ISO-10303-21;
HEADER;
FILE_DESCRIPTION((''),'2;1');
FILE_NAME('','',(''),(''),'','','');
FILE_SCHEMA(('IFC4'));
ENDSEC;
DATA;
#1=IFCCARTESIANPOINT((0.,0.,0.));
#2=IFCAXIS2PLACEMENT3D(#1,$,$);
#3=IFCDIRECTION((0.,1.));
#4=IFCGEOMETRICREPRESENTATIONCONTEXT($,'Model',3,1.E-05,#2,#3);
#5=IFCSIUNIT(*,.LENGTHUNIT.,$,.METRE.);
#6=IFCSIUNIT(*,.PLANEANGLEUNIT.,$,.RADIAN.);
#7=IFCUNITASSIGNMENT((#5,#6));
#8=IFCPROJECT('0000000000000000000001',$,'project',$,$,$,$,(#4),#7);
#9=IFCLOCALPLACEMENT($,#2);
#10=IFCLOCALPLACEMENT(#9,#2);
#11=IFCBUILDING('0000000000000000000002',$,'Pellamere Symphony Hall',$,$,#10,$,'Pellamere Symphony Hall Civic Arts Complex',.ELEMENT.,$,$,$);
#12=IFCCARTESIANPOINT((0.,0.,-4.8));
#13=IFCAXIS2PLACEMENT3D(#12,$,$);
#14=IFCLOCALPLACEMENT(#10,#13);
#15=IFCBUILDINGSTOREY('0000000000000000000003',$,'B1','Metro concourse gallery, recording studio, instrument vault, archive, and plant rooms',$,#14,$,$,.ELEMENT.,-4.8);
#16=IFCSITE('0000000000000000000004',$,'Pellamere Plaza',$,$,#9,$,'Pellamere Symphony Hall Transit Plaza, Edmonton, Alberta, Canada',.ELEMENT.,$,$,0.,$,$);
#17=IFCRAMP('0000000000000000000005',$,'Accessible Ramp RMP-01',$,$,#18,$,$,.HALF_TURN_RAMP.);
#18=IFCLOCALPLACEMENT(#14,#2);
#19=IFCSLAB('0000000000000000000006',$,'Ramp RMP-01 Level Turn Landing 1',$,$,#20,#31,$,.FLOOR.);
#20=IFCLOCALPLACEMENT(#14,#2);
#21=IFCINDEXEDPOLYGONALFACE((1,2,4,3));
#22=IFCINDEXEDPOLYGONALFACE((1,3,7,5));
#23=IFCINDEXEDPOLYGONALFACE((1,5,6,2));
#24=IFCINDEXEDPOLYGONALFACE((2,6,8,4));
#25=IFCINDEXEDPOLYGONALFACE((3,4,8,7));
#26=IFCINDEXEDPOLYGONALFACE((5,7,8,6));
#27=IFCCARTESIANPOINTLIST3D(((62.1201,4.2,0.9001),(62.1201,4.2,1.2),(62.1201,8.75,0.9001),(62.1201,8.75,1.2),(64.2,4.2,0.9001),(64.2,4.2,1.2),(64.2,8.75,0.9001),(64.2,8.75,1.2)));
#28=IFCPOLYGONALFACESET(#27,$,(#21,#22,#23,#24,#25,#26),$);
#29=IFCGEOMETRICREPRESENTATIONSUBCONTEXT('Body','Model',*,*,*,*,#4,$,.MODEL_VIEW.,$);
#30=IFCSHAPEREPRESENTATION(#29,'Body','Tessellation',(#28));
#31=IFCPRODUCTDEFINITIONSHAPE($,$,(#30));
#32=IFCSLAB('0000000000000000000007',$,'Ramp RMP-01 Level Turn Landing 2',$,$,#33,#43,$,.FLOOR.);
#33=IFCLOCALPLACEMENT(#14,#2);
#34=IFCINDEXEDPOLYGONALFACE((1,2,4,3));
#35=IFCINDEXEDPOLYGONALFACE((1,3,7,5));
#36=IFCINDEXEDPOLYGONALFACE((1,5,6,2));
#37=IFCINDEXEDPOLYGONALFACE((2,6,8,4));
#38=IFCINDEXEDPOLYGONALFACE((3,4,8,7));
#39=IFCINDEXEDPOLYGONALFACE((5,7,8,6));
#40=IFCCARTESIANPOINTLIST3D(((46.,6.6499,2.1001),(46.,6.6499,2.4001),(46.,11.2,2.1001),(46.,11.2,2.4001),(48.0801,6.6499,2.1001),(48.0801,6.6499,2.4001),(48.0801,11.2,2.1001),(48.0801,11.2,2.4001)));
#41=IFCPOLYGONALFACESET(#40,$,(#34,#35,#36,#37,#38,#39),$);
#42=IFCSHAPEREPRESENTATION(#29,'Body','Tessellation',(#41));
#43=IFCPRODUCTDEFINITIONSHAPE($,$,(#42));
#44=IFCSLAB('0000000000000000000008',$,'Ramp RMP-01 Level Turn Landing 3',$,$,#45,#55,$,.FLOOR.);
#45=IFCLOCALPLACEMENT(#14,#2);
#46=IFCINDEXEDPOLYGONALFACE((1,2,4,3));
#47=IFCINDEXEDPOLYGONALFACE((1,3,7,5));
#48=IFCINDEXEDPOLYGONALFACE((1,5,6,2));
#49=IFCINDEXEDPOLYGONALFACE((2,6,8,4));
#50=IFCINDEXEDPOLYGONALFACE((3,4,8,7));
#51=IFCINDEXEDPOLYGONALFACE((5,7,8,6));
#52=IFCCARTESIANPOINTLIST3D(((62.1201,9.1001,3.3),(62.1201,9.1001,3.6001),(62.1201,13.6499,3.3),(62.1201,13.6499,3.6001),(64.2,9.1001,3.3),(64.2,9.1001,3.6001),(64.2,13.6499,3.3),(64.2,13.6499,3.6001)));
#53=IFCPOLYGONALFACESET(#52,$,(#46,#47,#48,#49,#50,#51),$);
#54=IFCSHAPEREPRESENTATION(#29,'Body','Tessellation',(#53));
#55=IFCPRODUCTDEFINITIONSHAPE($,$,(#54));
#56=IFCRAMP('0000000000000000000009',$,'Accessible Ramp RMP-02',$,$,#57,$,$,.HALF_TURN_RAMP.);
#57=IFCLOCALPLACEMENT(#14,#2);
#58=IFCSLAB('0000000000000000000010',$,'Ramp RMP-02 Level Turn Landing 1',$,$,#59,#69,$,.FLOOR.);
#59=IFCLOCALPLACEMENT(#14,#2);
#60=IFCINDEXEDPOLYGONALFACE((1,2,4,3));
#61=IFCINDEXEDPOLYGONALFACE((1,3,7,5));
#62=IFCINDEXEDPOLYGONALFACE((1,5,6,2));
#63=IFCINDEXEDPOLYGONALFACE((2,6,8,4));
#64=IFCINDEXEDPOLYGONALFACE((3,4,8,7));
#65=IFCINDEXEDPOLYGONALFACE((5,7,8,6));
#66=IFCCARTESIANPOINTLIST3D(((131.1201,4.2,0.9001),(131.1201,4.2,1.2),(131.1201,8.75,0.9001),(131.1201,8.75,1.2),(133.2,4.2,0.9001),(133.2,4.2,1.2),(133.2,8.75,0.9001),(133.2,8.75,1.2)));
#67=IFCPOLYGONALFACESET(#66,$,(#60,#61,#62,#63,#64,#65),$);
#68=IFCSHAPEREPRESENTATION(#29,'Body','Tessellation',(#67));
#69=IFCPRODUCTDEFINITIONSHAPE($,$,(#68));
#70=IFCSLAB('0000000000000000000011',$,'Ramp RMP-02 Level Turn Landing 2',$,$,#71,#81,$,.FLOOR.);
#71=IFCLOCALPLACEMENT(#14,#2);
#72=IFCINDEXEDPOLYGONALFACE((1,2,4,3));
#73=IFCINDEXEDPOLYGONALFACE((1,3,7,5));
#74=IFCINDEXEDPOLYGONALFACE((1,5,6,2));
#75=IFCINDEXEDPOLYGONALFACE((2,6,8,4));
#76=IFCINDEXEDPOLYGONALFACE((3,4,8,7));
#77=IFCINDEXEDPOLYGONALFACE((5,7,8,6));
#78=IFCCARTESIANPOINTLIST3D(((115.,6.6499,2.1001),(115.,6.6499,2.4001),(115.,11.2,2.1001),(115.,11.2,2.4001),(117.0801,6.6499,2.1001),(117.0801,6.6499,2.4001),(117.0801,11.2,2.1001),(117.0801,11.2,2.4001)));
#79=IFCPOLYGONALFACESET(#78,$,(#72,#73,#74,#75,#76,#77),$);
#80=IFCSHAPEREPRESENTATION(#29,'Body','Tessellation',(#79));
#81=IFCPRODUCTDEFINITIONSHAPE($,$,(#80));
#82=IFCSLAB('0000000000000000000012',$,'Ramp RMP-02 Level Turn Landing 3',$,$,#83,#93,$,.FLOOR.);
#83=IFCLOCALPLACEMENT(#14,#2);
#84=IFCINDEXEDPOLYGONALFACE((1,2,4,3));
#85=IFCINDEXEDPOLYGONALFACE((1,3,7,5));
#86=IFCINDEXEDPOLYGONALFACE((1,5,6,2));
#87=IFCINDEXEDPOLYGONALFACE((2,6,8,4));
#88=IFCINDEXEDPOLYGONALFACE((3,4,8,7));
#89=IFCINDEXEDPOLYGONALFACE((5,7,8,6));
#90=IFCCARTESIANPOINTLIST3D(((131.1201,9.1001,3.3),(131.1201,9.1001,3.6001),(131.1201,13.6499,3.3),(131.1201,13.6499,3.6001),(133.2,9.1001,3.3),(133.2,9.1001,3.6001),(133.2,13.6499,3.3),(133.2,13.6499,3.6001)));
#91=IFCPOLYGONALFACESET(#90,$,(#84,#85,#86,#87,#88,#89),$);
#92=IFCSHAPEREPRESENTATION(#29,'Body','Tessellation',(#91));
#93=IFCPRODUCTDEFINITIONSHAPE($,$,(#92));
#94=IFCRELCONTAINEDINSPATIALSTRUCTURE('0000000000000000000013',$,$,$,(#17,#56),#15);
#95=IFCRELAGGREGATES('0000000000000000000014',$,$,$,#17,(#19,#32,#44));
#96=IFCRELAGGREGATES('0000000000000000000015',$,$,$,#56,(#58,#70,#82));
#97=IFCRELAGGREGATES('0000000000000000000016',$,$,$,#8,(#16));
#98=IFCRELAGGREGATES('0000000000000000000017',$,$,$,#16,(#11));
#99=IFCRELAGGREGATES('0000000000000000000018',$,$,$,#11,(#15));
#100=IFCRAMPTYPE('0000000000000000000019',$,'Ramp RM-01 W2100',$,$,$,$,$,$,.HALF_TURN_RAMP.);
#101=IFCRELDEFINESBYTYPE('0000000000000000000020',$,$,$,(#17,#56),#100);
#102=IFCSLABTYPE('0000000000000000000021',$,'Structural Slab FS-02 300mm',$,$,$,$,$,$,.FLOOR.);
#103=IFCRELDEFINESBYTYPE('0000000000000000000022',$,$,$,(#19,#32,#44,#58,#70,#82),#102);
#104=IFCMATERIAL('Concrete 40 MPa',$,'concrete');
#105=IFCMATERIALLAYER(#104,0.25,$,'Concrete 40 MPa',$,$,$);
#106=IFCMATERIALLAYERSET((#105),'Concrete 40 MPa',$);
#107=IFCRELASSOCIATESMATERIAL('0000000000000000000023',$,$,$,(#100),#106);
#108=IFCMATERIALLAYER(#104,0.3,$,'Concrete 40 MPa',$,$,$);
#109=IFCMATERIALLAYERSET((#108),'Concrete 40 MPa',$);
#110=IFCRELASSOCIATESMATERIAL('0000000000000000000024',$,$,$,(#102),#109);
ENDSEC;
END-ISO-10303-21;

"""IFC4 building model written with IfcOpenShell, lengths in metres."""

from ifc_helpers import new_model, si_unit, direction, frame, origin, place, context, subcontext, project, spatial, polyline, outline, extrude, material, layer, layer_set, type_object, element, aggregate, save


model = new_model("IFC4")

# Units and contexts
model_context = context("Model", 3, precision=1e-05, world=origin(), true_north=direction((0.0, 1.0)))
body_context = subcontext(model_context, "Body", "Model", "MODEL_VIEW")
ifc_project = project(units=[si_unit("LENGTHUNIT", "METRE"), si_unit("PLANEANGLEUNIT", "RADIAN")], contexts=[model_context])

# Site, building, storey
site_placement = place(None, origin())
site = spatial("IfcSite", under=ifc_project, at=site_placement, Name="Pellamere Plaza", LongName="Pellamere Symphony Hall Transit Plaza, Edmonton, Alberta, Canada", CompositionType="ELEMENT", RefElevation=0.0)
building_placement = place(site_placement, origin())
building = spatial("IfcBuilding", under=site, at=building_placement, Name="Pellamere Symphony Hall", LongName="Pellamere Symphony Hall Civic Arts Complex", CompositionType="ELEMENT")
storey_placement = place(building_placement, frame((0.0, 0.0, -4.8)))
storey = spatial("IfcBuildingStorey", under=building, at=storey_placement, Name="B1", Description="Metro concourse gallery, recording studio, instrument vault, archive, and plant rooms", CompositionType="ELEMENT", Elevation=-4.8)

# Shared definitions
ifc_material_1 = material(Name="Concrete 40 MPa", Category="concrete")

# Ramps, slabs
ifc_layer_1 = layer(ifc_material_1, 0.25, Name="Concrete 40 MPa")
ifc_layer_set_1 = layer_set([ifc_layer_1], Name="Concrete 40 MPa")
ramp_type = type_object("IfcRampType", Name="Ramp RM-01 W2100", PredefinedType="HALF_TURN_RAMP", material=ifc_layer_set_1)
ramp_1_placement = place(storey_placement, origin())
ramp_1 = element("IfcRamp", 1, at=ramp_1_placement, inside=storey, type_object=ramp_type, Name="Accessible Ramp RMP-01", PredefinedType="HALF_TURN_RAMP")
ifc_layer_2 = layer(ifc_material_1, 0.3, Name="Concrete 40 MPa")
ifc_layer_set_2 = layer_set([ifc_layer_2], Name="Concrete 40 MPa")
slab_type_1 = type_object("IfcSlabType", Name="Structural Slab FS-02 300mm", PredefinedType="FLOOR", material=ifc_layer_set_2)
slab_1_placement = place(storey_placement, frame((0.0, 0.0, 0.9001)))
slab_1 = element("IfcSlab", 2, at=slab_1_placement, type_object=slab_type_1, Name="Ramp RMP-01 Level Turn Landing 1", PredefinedType="FLOOR", context=body_context, shape_type="SweptSolid", body=[
    extrude(outline(polyline([(62.1201, 4.2), (64.2, 4.2), (64.2, 8.75), (62.1201, 8.75), (62.1201, 4.2)])), origin(), (0.0, 0.0, 1.0), 0.2998),
])
slab_2_placement = place(storey_placement, frame((0.0, 0.0, 2.1001)))
slab_2 = element("IfcSlab", 3, at=slab_2_placement, type_object=slab_type_1, Name="Ramp RMP-01 Level Turn Landing 2", PredefinedType="FLOOR", context=body_context, shape_type="SweptSolid", body=[
    extrude(outline(polyline([(46.0, 6.6499), (48.0801, 6.6499), (48.0801, 11.2), (46.0, 11.2), (46.0, 6.6499)])), origin(), (0.0, 0.0, 1.0), 0.3),
])
slab_3_placement = place(storey_placement, frame((0.0, 0.0, 3.3)))
slab_3 = element("IfcSlab", 4, at=slab_3_placement, type_object=slab_type_1, Name="Ramp RMP-01 Level Turn Landing 3", PredefinedType="FLOOR", context=body_context, shape_type="SweptSolid", body=[
    extrude(outline(polyline([(62.1201, 9.1001), (64.2, 9.1001), (64.2, 13.6499), (62.1201, 13.6499), (62.1201, 9.1001)])), origin(), (0.0, 0.0, 1.0), 0.3),
])
aggregate(ramp_1, [slab_1, slab_2, slab_3])
ramp_2_placement = place(storey_placement, origin())
ramp_2 = element("IfcRamp", 5, at=ramp_2_placement, inside=storey, type_object=ramp_type, Name="Accessible Ramp RMP-02", PredefinedType="HALF_TURN_RAMP")
slab_4_placement = place(storey_placement, frame((0.0, 0.0, 0.9001)))
slab_4 = element("IfcSlab", 6, at=slab_4_placement, type_object=slab_type_1, Name="Ramp RMP-02 Level Turn Landing 1", PredefinedType="FLOOR", context=body_context, shape_type="SweptSolid", body=[
    extrude(outline(polyline([(131.1201, 4.2), (133.2, 4.2), (133.2, 8.75), (131.1201, 8.75), (131.1201, 4.2)])), origin(), (0.0, 0.0, 1.0), 0.2998),
])
slab_5_placement = place(storey_placement, frame((0.0, 0.0, 2.1001)))
slab_5 = element("IfcSlab", 7, at=slab_5_placement, type_object=slab_type_1, Name="Ramp RMP-02 Level Turn Landing 2", PredefinedType="FLOOR", context=body_context, shape_type="SweptSolid", body=[
    extrude(outline(polyline([(115.0, 6.6499), (117.0801, 6.6499), (117.0801, 11.2), (115.0, 11.2), (115.0, 6.6499)])), origin(), (0.0, 0.0, 1.0), 0.3),
])
slab_6_placement = place(storey_placement, frame((0.0, 0.0, 3.3)))
slab_6 = element("IfcSlab", 8, at=slab_6_placement, type_object=slab_type_1, Name="Ramp RMP-02 Level Turn Landing 3", PredefinedType="FLOOR", context=body_context, shape_type="SweptSolid", body=[
    extrude(outline(polyline([(131.1201, 9.1001), (133.2, 9.1001), (133.2, 13.6499), (131.1201, 13.6499), (131.1201, 9.1001)])), origin(), (0.0, 0.0, 1.0), 0.3),
])
aggregate(ramp_2, [slab_4, slab_5, slab_6])

save(model, "model.ifc")
